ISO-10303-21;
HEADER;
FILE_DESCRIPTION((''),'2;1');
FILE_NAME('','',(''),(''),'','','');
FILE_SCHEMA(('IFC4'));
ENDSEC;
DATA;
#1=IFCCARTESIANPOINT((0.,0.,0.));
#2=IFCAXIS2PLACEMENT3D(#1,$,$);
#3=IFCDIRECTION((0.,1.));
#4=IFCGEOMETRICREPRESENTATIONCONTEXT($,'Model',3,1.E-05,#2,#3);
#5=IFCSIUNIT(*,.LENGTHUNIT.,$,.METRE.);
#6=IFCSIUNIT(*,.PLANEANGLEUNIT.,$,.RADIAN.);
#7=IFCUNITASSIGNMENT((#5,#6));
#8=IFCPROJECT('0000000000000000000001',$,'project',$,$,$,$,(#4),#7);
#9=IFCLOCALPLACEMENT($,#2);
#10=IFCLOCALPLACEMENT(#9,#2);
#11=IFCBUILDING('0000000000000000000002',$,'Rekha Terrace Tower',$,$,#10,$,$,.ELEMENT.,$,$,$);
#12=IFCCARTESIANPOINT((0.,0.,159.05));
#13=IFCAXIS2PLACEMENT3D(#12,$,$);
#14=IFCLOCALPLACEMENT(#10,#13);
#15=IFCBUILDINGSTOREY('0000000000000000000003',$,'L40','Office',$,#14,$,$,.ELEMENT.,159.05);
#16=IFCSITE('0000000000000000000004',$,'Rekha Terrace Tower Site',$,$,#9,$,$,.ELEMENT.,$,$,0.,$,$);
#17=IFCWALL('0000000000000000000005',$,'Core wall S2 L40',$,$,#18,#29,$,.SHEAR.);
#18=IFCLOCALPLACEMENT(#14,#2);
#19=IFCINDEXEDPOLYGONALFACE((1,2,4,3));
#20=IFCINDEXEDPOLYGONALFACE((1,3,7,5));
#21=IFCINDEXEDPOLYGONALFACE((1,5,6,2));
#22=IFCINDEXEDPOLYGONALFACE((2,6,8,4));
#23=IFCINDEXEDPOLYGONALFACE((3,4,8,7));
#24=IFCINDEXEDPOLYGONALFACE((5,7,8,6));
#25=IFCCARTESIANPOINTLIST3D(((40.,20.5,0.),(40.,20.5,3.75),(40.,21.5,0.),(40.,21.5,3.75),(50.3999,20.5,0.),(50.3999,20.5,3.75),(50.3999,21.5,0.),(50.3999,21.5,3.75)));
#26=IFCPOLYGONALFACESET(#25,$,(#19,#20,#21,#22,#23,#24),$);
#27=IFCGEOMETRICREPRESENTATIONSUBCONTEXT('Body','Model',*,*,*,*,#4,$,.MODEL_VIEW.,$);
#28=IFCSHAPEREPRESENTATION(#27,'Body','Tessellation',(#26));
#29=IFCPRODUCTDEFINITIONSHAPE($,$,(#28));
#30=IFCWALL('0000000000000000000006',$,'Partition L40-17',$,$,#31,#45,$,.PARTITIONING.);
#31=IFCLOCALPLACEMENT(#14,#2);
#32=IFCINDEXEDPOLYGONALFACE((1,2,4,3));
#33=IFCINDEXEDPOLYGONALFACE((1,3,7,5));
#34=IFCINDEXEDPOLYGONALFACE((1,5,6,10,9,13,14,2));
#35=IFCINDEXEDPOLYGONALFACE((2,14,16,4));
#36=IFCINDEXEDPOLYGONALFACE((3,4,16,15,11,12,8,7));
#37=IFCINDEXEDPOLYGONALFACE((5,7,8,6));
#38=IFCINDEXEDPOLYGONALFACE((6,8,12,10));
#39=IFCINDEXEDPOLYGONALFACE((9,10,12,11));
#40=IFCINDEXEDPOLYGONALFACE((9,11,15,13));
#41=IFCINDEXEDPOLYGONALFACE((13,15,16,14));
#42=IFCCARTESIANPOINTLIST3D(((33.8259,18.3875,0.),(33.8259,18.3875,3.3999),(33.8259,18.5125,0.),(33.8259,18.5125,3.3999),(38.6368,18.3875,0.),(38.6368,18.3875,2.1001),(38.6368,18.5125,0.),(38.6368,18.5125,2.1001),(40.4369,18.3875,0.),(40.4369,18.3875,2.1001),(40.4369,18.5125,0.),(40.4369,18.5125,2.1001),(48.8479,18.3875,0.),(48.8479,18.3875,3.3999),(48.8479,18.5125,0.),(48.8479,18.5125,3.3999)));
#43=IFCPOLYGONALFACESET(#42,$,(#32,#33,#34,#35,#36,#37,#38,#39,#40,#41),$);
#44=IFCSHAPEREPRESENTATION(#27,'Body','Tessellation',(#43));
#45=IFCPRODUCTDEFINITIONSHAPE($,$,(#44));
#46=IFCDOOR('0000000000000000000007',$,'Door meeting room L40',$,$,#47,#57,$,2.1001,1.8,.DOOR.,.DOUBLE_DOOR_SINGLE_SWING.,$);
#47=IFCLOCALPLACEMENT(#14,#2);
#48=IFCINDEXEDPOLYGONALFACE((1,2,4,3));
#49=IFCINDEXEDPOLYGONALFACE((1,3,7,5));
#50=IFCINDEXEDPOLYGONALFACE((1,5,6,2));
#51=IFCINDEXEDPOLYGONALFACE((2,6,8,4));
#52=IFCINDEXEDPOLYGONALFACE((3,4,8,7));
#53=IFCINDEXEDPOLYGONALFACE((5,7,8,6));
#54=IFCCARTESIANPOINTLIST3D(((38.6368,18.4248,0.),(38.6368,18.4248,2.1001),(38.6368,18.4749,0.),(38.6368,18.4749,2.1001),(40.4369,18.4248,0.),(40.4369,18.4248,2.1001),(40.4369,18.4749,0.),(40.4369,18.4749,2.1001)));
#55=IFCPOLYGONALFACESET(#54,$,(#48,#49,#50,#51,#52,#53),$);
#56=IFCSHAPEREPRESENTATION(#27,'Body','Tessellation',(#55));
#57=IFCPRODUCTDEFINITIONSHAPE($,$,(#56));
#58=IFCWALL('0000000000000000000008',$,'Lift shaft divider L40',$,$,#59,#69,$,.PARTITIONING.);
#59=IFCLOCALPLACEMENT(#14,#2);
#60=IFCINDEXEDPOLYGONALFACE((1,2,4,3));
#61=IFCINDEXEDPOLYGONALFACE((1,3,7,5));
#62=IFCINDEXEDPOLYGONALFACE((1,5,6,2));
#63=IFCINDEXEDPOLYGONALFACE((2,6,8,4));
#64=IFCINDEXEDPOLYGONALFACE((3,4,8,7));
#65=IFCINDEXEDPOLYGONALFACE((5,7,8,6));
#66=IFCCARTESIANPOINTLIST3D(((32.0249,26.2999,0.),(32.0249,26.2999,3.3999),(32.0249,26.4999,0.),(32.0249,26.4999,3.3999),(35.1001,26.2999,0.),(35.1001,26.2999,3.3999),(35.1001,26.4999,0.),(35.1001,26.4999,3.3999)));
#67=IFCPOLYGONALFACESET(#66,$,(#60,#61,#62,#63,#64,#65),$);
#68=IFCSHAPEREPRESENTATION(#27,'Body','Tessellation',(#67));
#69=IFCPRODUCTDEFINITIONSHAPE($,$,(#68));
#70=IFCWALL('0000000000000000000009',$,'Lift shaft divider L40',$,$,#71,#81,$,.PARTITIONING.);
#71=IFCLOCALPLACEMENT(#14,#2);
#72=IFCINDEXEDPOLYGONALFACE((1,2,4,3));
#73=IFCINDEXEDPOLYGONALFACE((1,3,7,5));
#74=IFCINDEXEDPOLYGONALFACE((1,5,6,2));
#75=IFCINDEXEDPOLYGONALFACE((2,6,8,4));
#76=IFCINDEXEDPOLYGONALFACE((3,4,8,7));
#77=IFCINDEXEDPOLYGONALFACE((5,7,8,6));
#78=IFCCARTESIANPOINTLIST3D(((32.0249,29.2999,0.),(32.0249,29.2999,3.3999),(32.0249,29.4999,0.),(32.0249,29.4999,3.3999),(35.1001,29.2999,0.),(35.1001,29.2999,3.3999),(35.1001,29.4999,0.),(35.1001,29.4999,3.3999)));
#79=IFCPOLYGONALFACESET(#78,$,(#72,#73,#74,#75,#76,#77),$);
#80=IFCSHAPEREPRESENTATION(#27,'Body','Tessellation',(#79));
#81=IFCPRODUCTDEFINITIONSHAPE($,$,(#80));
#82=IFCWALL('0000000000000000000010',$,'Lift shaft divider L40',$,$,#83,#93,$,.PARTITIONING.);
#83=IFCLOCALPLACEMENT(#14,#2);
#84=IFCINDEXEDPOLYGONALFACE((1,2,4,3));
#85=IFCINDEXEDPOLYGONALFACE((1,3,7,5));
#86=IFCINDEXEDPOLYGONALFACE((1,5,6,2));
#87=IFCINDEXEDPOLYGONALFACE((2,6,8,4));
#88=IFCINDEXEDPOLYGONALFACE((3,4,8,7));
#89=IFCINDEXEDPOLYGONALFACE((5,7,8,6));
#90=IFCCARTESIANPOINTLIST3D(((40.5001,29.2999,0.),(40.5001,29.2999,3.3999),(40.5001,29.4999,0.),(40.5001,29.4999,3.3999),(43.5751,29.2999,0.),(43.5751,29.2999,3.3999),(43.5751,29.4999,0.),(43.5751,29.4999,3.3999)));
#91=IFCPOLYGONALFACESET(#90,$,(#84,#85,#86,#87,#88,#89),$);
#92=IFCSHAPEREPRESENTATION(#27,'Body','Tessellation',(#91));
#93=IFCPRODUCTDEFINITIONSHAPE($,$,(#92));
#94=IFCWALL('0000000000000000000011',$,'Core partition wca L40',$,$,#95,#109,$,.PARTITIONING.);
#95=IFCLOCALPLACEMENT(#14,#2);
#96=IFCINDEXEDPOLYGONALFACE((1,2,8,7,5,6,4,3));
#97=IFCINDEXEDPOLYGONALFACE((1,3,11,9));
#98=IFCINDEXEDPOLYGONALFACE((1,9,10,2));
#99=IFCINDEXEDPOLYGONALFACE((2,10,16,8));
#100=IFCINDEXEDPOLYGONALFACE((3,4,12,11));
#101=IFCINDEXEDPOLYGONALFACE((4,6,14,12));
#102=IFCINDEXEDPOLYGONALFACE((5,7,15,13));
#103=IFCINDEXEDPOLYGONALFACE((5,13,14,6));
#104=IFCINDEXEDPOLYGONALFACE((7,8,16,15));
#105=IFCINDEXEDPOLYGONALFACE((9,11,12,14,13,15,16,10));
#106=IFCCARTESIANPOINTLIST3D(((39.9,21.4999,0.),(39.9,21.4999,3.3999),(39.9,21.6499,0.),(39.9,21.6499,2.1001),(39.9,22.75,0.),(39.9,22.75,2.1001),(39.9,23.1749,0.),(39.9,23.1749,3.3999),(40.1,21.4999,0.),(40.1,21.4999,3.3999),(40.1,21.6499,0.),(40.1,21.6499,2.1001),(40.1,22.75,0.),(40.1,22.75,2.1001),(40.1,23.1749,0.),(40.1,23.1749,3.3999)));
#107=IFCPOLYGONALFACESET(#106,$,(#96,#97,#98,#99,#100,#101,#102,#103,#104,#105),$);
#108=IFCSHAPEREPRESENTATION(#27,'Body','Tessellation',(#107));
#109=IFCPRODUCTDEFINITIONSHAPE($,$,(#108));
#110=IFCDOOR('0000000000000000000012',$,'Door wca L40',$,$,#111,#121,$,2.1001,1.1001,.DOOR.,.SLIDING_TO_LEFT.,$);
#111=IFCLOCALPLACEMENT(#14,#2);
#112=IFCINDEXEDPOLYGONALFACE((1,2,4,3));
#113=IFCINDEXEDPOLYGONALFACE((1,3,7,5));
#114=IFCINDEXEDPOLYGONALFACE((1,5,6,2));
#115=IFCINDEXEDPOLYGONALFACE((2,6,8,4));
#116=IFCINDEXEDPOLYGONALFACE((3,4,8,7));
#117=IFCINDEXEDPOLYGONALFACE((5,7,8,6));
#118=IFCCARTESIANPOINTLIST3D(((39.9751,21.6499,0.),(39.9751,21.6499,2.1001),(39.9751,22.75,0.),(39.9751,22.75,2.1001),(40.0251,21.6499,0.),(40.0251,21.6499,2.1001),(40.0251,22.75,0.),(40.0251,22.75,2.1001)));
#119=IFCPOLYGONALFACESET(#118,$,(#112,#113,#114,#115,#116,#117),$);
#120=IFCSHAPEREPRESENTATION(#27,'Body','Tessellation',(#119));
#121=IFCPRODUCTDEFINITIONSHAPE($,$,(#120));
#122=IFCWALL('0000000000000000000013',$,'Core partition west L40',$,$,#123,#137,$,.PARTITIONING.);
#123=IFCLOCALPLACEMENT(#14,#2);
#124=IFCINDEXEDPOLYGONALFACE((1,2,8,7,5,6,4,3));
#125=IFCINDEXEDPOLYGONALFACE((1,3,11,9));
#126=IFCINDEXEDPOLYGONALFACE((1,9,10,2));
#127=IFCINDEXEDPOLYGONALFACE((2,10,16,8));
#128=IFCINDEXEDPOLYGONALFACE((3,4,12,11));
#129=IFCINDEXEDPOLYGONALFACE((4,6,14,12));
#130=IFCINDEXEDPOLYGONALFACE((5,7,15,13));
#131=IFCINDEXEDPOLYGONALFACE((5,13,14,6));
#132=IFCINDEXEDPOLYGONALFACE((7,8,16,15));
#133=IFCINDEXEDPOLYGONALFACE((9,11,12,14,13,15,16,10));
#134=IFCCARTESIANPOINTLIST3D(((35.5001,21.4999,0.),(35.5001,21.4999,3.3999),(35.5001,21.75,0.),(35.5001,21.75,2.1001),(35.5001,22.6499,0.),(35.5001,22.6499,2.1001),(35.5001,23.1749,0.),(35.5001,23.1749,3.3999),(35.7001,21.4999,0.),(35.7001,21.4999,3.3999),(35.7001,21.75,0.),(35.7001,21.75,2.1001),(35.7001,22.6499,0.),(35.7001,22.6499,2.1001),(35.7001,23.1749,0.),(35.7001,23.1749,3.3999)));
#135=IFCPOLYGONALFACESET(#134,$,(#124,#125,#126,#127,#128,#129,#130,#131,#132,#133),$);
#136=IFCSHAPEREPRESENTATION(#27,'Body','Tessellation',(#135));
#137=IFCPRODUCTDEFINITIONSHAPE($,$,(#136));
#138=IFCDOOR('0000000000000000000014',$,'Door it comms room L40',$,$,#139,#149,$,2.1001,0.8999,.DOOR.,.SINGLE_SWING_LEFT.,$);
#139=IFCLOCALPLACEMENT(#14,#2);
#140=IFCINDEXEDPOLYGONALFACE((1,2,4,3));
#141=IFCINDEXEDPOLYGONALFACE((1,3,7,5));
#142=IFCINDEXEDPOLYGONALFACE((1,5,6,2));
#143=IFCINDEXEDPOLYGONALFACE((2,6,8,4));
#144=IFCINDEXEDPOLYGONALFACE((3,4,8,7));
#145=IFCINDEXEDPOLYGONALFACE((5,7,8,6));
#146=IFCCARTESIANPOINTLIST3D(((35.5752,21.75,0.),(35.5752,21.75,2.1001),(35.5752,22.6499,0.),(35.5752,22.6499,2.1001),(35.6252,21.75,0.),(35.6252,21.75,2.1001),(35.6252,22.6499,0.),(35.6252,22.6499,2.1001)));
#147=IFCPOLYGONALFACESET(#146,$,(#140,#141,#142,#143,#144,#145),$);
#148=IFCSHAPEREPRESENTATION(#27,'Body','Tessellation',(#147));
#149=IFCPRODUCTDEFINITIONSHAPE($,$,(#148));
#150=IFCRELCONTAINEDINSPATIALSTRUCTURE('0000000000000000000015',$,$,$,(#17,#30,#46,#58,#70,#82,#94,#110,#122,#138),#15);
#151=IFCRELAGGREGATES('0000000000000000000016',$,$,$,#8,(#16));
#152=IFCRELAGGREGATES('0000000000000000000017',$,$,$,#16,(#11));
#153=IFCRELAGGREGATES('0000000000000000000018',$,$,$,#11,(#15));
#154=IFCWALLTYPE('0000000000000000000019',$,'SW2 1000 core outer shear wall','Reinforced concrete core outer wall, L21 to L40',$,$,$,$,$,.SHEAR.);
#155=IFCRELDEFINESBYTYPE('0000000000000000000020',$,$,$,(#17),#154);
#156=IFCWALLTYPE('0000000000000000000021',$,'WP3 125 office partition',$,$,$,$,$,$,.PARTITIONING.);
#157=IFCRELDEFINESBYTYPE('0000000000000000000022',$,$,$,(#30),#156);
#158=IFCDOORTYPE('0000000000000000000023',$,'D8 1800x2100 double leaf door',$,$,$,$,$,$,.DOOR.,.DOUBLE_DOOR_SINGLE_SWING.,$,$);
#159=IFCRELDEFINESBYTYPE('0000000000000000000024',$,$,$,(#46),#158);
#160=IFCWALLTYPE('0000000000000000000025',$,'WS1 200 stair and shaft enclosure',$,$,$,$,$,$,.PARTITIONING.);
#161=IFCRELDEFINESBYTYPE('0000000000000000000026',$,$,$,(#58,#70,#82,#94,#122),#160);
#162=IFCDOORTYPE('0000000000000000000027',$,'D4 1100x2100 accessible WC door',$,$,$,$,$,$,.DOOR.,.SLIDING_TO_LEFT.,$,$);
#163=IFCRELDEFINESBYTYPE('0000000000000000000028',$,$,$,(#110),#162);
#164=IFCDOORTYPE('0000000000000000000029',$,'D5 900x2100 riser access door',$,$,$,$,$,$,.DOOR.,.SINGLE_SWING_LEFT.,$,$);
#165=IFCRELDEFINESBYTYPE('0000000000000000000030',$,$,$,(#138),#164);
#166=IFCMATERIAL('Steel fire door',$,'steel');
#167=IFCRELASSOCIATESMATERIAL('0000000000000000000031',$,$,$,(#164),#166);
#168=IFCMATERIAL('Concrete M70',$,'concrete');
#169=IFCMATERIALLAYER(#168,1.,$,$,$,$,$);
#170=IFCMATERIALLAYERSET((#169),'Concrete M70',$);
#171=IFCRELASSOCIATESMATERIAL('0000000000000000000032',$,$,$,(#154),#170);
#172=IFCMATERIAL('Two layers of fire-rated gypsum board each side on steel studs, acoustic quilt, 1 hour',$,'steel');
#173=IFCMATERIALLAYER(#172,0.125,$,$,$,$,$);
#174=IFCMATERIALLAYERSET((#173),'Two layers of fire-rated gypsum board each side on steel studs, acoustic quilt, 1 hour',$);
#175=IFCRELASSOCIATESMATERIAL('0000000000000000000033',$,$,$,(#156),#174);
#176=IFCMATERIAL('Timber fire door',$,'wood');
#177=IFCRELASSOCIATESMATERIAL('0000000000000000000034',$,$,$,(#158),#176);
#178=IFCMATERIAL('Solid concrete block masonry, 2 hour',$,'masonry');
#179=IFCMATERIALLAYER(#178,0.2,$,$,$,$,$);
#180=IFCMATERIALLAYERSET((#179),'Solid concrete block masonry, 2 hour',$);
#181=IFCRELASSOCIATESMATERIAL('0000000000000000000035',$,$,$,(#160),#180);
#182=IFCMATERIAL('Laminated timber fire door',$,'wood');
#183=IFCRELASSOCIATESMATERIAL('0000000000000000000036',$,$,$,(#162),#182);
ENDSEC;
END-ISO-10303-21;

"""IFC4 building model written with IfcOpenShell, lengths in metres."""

from ifc_helpers import new_model, si_unit, direction, frame, frame_2d, origin, place, context, subcontext, project, spatial, rectangle, extrude, material, layer, layer_set, type_object, element, fill, save


model = new_model("IFC4")

# Units and contexts
model_context = context("Model", 3, precision=1e-05, world=origin(), true_north=direction((0.0, 1.0)))
body_context = subcontext(model_context, "Body", "Model", "MODEL_VIEW")
ifc_project = project(units=[si_unit("LENGTHUNIT", "METRE"), si_unit("PLANEANGLEUNIT", "RADIAN")], contexts=[model_context])

# Site, building, storey
site_placement = place(None, origin())
site = spatial("IfcSite", under=ifc_project, at=site_placement, Name="Rekha Terrace Tower Site", CompositionType="ELEMENT", RefElevation=0.0)
building_placement = place(site_placement, origin())
building = spatial("IfcBuilding", under=site, at=building_placement, Name="Rekha Terrace Tower", CompositionType="ELEMENT")
storey_placement = place(building_placement, frame((0.0, 0.0, 159.05)))
storey = spatial("IfcBuildingStorey", under=building, at=storey_placement, Name="L40", Description="Office", CompositionType="ELEMENT", Elevation=159.05)

# Shared definitions
ifc_material_1 = material(Name="Concrete M70", Category="concrete")

# Shared definitions
ifc_material_2 = material(Name="Steel fire door", Category="steel")
door_type_1 = type_object("IfcDoorType", Name="D5 900x2100 riser access door", OperationType="SINGLE_SWING_LEFT", PredefinedType="DOOR", material=ifc_material_2)

# Wall
ifc_layer_1 = layer(ifc_material_1, 1.0)
ifc_layer_set_1 = layer_set([ifc_layer_1], Name="Concrete M70")
wall_type_1 = type_object("IfcWallType", Name="SW2 1000 core outer shear wall", Description="Reinforced concrete core outer wall, L21 to L40", PredefinedType="SHEAR", material=ifc_layer_set_1)
wall_1_placement = place(storey_placement, frame((40.0, 21.0, 0.0), z_axis=(0.0, 0.0, 1.0), x_axis=(1.0, 0.0, 0.0)))
element("IfcWall", 1, at=wall_1_placement, inside=storey, type_object=wall_type_1, Name="Core wall S2 L40", PredefinedType="SHEAR", context=body_context, shape_type="SweptSolid", body=[
    extrude(rectangle(XDim=10.3999, YDim=1.0, at=frame_2d((5.2, 0.0))), origin(), (0.0, 0.0, 1.0), 3.75),
])

# Wall, opening, door
ifc_material_3 = material(Name="Two layers of fire-rated gypsum board each side on steel studs, acoustic quilt, 1 hour", Category="steel")
ifc_layer_2 = layer(ifc_material_3, 0.125)
ifc_layer_set_2 = layer_set([ifc_layer_2], Name="Two layers of fire-rated gypsum board each side on steel studs, acoustic quilt, 1 hour")
wall_type_2 = type_object("IfcWallType", Name="WP3 125 office partition", PredefinedType="PARTITIONING", material=ifc_layer_set_2)
wall_2_placement = place(storey_placement, frame((33.8259, 18.45, 0.0), z_axis=(0.0, 0.0, 1.0), x_axis=(1.0, 0.0, 0.0)))
wall_2 = element("IfcWall", 2, at=wall_2_placement, inside=storey, type_object=wall_type_2, Name="Partition L40-17", PredefinedType="PARTITIONING", context=body_context, shape_type="SweptSolid", body=[
    extrude(rectangle(XDim=15.022, YDim=0.125, at=frame_2d((7.511, 0.0))), origin(), (0.0, 0.0, 1.0), 3.3999),
])
opening_1_placement = place(wall_2_placement, frame((4.811, 0.0, 0.0)))
opening_1 = element("IfcOpeningElement", 3, at=opening_1_placement, cuts=wall_2, PredefinedType="OPENING", context=body_context, shape_type="SweptSolid", body=[
    extrude(rectangle(XDim=1.8, YDim=2.1001, at=frame_2d((0.8999, 1.05))), frame((0.0, 0.0725, 0.0), z_axis=(0.0, -1.0, 0.0), x_axis=(1.0, 0.0, 0.0)), (0.0, 0.0, 1.0), 0.145),
])
ifc_material_4 = material(Name="Timber fire door", Category="wood")
door_type_2 = type_object("IfcDoorType", Name="D8 1800x2100 double leaf door", OperationType="DOUBLE_DOOR_SINGLE_SWING", PredefinedType="DOOR", material=ifc_material_4)
door_1_placement = place(opening_1_placement, origin())
door_1 = element("IfcDoor", 4, at=door_1_placement, inside=storey, type_object=door_type_2, Name="Door meeting room L40", OperationType="DOUBLE_DOOR_SINGLE_SWING", OverallHeight=2.1001, OverallWidth=1.8, PredefinedType="DOOR", context=body_context, shape_type="SweptSolid", body=[
    extrude(rectangle(XDim=1.8, YDim=2.1001, at=frame_2d((0.8999, 1.05))), frame((0.0, 0.0249, 0.0), z_axis=(0.0, -1.0, 0.0), x_axis=(1.0, 0.0, 0.0)), (0.0, 0.0, 1.0), 0.05),
])
fill(opening_1, door_1)

# Walls
ifc_material_5 = material(Name="Solid concrete block masonry, 2 hour", Category="masonry")
ifc_layer_3 = layer(ifc_material_5, 0.2)
ifc_layer_set_3 = layer_set([ifc_layer_3], Name="Solid concrete block masonry, 2 hour")
wall_type_3 = type_object("IfcWallType", Name="WS1 200 stair and shaft enclosure", PredefinedType="PARTITIONING", material=ifc_layer_set_3)
for number, where, z_axis, x_axis, name in (
    (5, (32.0249, 26.3999, 0.0), (0.0, 0.0, 1.0), (1.0, 0.0, 0.0), "Lift shaft divider L40"),
    (6, (32.0249, 29.3999, 0.0), (0.0, 0.0, 1.0), (1.0, 0.0, 0.0), "Lift shaft divider L40"),
):
    element("IfcWall", number, at=place(storey_placement, frame(where, z_axis=z_axis, x_axis=x_axis)), inside=storey, type_object=wall_type_3, Name=name, PredefinedType="PARTITIONING", context=body_context, shape_type="SweptSolid", body=[
        extrude(rectangle(XDim=3.0752, YDim=0.2, at=frame_2d((1.5376, 0.0))), origin(), (0.0, 0.0, 1.0), 3.3999),
    ])
wall_3_placement = place(storey_placement, frame((40.5, 29.3999, 0.0), z_axis=(0.0, 0.0, 1.0), x_axis=(1.0, 0.0, 0.0)))
element("IfcWall", 7, at=wall_3_placement, inside=storey, type_object=wall_type_3, Name="Lift shaft divider L40", PredefinedType="PARTITIONING", context=body_context, shape_type="SweptSolid", body=[
    extrude(rectangle(XDim=3.075, YDim=0.2, at=frame_2d((1.5376, 0.0))), origin(), (0.0, 0.0, 1.0), 3.3999),
])

# Walls, openings, doors
wall_4_placement = place(storey_placement, frame((40.0, 21.5, 0.0), z_axis=(0.0, 0.0, 1.0), x_axis=(0.0, 1.0, 0.0)))
wall_4 = element("IfcWall", 8, at=wall_4_placement, inside=storey, type_object=wall_type_3, Name="Core partition wca L40", PredefinedType="PARTITIONING", context=body_context, shape_type="SweptSolid", body=[
    extrude(rectangle(XDim=1.675, YDim=0.2, at=frame_2d((0.8374, 0.0))), origin(), (0.0, 0.0, 1.0), 3.3999),
])
opening_2_placement = place(wall_4_placement, frame((0.1499, 0.0, 0.0)))
opening_2 = element("IfcOpeningElement", 9, at=opening_2_placement, cuts=wall_4, PredefinedType="OPENING", context=body_context, shape_type="SweptSolid", body=[
    extrude(rectangle(XDim=1.1001, YDim=2.1001, at=frame_2d((0.55, 1.05))), frame((0.0, 0.1099, 0.0), z_axis=(0.0, -1.0, 0.0), x_axis=(1.0, 0.0, 0.0)), (0.0, 0.0, 1.0), 0.22),
])
ifc_material_6 = material(Name="Laminated timber fire door", Category="wood")
door_type_3 = type_object("IfcDoorType", Name="D4 1100x2100 accessible WC door", OperationType="SLIDING_TO_LEFT", PredefinedType="DOOR", material=ifc_material_6)
door_2_placement = place(opening_2_placement, origin())
door_2 = element("IfcDoor", 10, at=door_2_placement, inside=storey, type_object=door_type_3, Name="Door wca L40", OperationType="SLIDING_TO_LEFT", OverallHeight=2.1001, OverallWidth=1.1001, PredefinedType="DOOR", context=body_context, shape_type="SweptSolid", body=[
    extrude(rectangle(XDim=1.1001, YDim=2.1001, at=frame_2d((0.55, 1.05))), frame((0.0, 0.0249, 0.0), z_axis=(0.0, -1.0, 0.0), x_axis=(1.0, 0.0, 0.0)), (0.0, 0.0, 1.0), 0.05),
])
fill(opening_2, door_2)
wall_5_placement = place(storey_placement, frame((35.6001, 21.5, 0.0), z_axis=(0.0, 0.0, 1.0), x_axis=(0.0, 1.0, 0.0)))
wall_5 = element("IfcWall", 11, at=wall_5_placement, inside=storey, type_object=wall_type_3, Name="Core partition west L40", PredefinedType="PARTITIONING", context=body_context, shape_type="SweptSolid", body=[
    extrude(rectangle(XDim=1.675, YDim=0.2, at=frame_2d((0.8374, 0.0))), origin(), (0.0, 0.0, 1.0), 3.3999),
])
opening_3_placement = place(wall_5_placement, frame((0.25, 0.0, 0.0)))
opening_3 = element("IfcOpeningElement", 12, at=opening_3_placement, cuts=wall_5, PredefinedType="OPENING", context=body_context, shape_type="SweptSolid", body=[
    extrude(rectangle(XDim=0.8999, YDim=2.1001, at=frame_2d((0.45, 1.05))), frame((0.0, 0.1099, 0.0), z_axis=(0.0, -1.0, 0.0), x_axis=(1.0, 0.0, 0.0)), (0.0, 0.0, 1.0), 0.22),
])
door_3_placement = place(opening_3_placement, origin())
door_3 = element("IfcDoor", 13, at=door_3_placement, inside=storey, type_object=door_type_1, Name="Door it comms room L40", OperationType="SINGLE_SWING_LEFT", OverallHeight=2.1001, OverallWidth=0.8999, PredefinedType="DOOR", context=body_context, shape_type="SweptSolid", body=[
    extrude(rectangle(XDim=0.8999, YDim=2.1001, at=frame_2d((0.45, 1.05))), frame((0.0, 0.0249, 0.0), z_axis=(0.0, -1.0, 0.0), x_axis=(1.0, 0.0, 0.0)), (0.0, 0.0, 1.0), 0.05),
])
fill(opening_3, door_3)

save(model, "model.ifc")
